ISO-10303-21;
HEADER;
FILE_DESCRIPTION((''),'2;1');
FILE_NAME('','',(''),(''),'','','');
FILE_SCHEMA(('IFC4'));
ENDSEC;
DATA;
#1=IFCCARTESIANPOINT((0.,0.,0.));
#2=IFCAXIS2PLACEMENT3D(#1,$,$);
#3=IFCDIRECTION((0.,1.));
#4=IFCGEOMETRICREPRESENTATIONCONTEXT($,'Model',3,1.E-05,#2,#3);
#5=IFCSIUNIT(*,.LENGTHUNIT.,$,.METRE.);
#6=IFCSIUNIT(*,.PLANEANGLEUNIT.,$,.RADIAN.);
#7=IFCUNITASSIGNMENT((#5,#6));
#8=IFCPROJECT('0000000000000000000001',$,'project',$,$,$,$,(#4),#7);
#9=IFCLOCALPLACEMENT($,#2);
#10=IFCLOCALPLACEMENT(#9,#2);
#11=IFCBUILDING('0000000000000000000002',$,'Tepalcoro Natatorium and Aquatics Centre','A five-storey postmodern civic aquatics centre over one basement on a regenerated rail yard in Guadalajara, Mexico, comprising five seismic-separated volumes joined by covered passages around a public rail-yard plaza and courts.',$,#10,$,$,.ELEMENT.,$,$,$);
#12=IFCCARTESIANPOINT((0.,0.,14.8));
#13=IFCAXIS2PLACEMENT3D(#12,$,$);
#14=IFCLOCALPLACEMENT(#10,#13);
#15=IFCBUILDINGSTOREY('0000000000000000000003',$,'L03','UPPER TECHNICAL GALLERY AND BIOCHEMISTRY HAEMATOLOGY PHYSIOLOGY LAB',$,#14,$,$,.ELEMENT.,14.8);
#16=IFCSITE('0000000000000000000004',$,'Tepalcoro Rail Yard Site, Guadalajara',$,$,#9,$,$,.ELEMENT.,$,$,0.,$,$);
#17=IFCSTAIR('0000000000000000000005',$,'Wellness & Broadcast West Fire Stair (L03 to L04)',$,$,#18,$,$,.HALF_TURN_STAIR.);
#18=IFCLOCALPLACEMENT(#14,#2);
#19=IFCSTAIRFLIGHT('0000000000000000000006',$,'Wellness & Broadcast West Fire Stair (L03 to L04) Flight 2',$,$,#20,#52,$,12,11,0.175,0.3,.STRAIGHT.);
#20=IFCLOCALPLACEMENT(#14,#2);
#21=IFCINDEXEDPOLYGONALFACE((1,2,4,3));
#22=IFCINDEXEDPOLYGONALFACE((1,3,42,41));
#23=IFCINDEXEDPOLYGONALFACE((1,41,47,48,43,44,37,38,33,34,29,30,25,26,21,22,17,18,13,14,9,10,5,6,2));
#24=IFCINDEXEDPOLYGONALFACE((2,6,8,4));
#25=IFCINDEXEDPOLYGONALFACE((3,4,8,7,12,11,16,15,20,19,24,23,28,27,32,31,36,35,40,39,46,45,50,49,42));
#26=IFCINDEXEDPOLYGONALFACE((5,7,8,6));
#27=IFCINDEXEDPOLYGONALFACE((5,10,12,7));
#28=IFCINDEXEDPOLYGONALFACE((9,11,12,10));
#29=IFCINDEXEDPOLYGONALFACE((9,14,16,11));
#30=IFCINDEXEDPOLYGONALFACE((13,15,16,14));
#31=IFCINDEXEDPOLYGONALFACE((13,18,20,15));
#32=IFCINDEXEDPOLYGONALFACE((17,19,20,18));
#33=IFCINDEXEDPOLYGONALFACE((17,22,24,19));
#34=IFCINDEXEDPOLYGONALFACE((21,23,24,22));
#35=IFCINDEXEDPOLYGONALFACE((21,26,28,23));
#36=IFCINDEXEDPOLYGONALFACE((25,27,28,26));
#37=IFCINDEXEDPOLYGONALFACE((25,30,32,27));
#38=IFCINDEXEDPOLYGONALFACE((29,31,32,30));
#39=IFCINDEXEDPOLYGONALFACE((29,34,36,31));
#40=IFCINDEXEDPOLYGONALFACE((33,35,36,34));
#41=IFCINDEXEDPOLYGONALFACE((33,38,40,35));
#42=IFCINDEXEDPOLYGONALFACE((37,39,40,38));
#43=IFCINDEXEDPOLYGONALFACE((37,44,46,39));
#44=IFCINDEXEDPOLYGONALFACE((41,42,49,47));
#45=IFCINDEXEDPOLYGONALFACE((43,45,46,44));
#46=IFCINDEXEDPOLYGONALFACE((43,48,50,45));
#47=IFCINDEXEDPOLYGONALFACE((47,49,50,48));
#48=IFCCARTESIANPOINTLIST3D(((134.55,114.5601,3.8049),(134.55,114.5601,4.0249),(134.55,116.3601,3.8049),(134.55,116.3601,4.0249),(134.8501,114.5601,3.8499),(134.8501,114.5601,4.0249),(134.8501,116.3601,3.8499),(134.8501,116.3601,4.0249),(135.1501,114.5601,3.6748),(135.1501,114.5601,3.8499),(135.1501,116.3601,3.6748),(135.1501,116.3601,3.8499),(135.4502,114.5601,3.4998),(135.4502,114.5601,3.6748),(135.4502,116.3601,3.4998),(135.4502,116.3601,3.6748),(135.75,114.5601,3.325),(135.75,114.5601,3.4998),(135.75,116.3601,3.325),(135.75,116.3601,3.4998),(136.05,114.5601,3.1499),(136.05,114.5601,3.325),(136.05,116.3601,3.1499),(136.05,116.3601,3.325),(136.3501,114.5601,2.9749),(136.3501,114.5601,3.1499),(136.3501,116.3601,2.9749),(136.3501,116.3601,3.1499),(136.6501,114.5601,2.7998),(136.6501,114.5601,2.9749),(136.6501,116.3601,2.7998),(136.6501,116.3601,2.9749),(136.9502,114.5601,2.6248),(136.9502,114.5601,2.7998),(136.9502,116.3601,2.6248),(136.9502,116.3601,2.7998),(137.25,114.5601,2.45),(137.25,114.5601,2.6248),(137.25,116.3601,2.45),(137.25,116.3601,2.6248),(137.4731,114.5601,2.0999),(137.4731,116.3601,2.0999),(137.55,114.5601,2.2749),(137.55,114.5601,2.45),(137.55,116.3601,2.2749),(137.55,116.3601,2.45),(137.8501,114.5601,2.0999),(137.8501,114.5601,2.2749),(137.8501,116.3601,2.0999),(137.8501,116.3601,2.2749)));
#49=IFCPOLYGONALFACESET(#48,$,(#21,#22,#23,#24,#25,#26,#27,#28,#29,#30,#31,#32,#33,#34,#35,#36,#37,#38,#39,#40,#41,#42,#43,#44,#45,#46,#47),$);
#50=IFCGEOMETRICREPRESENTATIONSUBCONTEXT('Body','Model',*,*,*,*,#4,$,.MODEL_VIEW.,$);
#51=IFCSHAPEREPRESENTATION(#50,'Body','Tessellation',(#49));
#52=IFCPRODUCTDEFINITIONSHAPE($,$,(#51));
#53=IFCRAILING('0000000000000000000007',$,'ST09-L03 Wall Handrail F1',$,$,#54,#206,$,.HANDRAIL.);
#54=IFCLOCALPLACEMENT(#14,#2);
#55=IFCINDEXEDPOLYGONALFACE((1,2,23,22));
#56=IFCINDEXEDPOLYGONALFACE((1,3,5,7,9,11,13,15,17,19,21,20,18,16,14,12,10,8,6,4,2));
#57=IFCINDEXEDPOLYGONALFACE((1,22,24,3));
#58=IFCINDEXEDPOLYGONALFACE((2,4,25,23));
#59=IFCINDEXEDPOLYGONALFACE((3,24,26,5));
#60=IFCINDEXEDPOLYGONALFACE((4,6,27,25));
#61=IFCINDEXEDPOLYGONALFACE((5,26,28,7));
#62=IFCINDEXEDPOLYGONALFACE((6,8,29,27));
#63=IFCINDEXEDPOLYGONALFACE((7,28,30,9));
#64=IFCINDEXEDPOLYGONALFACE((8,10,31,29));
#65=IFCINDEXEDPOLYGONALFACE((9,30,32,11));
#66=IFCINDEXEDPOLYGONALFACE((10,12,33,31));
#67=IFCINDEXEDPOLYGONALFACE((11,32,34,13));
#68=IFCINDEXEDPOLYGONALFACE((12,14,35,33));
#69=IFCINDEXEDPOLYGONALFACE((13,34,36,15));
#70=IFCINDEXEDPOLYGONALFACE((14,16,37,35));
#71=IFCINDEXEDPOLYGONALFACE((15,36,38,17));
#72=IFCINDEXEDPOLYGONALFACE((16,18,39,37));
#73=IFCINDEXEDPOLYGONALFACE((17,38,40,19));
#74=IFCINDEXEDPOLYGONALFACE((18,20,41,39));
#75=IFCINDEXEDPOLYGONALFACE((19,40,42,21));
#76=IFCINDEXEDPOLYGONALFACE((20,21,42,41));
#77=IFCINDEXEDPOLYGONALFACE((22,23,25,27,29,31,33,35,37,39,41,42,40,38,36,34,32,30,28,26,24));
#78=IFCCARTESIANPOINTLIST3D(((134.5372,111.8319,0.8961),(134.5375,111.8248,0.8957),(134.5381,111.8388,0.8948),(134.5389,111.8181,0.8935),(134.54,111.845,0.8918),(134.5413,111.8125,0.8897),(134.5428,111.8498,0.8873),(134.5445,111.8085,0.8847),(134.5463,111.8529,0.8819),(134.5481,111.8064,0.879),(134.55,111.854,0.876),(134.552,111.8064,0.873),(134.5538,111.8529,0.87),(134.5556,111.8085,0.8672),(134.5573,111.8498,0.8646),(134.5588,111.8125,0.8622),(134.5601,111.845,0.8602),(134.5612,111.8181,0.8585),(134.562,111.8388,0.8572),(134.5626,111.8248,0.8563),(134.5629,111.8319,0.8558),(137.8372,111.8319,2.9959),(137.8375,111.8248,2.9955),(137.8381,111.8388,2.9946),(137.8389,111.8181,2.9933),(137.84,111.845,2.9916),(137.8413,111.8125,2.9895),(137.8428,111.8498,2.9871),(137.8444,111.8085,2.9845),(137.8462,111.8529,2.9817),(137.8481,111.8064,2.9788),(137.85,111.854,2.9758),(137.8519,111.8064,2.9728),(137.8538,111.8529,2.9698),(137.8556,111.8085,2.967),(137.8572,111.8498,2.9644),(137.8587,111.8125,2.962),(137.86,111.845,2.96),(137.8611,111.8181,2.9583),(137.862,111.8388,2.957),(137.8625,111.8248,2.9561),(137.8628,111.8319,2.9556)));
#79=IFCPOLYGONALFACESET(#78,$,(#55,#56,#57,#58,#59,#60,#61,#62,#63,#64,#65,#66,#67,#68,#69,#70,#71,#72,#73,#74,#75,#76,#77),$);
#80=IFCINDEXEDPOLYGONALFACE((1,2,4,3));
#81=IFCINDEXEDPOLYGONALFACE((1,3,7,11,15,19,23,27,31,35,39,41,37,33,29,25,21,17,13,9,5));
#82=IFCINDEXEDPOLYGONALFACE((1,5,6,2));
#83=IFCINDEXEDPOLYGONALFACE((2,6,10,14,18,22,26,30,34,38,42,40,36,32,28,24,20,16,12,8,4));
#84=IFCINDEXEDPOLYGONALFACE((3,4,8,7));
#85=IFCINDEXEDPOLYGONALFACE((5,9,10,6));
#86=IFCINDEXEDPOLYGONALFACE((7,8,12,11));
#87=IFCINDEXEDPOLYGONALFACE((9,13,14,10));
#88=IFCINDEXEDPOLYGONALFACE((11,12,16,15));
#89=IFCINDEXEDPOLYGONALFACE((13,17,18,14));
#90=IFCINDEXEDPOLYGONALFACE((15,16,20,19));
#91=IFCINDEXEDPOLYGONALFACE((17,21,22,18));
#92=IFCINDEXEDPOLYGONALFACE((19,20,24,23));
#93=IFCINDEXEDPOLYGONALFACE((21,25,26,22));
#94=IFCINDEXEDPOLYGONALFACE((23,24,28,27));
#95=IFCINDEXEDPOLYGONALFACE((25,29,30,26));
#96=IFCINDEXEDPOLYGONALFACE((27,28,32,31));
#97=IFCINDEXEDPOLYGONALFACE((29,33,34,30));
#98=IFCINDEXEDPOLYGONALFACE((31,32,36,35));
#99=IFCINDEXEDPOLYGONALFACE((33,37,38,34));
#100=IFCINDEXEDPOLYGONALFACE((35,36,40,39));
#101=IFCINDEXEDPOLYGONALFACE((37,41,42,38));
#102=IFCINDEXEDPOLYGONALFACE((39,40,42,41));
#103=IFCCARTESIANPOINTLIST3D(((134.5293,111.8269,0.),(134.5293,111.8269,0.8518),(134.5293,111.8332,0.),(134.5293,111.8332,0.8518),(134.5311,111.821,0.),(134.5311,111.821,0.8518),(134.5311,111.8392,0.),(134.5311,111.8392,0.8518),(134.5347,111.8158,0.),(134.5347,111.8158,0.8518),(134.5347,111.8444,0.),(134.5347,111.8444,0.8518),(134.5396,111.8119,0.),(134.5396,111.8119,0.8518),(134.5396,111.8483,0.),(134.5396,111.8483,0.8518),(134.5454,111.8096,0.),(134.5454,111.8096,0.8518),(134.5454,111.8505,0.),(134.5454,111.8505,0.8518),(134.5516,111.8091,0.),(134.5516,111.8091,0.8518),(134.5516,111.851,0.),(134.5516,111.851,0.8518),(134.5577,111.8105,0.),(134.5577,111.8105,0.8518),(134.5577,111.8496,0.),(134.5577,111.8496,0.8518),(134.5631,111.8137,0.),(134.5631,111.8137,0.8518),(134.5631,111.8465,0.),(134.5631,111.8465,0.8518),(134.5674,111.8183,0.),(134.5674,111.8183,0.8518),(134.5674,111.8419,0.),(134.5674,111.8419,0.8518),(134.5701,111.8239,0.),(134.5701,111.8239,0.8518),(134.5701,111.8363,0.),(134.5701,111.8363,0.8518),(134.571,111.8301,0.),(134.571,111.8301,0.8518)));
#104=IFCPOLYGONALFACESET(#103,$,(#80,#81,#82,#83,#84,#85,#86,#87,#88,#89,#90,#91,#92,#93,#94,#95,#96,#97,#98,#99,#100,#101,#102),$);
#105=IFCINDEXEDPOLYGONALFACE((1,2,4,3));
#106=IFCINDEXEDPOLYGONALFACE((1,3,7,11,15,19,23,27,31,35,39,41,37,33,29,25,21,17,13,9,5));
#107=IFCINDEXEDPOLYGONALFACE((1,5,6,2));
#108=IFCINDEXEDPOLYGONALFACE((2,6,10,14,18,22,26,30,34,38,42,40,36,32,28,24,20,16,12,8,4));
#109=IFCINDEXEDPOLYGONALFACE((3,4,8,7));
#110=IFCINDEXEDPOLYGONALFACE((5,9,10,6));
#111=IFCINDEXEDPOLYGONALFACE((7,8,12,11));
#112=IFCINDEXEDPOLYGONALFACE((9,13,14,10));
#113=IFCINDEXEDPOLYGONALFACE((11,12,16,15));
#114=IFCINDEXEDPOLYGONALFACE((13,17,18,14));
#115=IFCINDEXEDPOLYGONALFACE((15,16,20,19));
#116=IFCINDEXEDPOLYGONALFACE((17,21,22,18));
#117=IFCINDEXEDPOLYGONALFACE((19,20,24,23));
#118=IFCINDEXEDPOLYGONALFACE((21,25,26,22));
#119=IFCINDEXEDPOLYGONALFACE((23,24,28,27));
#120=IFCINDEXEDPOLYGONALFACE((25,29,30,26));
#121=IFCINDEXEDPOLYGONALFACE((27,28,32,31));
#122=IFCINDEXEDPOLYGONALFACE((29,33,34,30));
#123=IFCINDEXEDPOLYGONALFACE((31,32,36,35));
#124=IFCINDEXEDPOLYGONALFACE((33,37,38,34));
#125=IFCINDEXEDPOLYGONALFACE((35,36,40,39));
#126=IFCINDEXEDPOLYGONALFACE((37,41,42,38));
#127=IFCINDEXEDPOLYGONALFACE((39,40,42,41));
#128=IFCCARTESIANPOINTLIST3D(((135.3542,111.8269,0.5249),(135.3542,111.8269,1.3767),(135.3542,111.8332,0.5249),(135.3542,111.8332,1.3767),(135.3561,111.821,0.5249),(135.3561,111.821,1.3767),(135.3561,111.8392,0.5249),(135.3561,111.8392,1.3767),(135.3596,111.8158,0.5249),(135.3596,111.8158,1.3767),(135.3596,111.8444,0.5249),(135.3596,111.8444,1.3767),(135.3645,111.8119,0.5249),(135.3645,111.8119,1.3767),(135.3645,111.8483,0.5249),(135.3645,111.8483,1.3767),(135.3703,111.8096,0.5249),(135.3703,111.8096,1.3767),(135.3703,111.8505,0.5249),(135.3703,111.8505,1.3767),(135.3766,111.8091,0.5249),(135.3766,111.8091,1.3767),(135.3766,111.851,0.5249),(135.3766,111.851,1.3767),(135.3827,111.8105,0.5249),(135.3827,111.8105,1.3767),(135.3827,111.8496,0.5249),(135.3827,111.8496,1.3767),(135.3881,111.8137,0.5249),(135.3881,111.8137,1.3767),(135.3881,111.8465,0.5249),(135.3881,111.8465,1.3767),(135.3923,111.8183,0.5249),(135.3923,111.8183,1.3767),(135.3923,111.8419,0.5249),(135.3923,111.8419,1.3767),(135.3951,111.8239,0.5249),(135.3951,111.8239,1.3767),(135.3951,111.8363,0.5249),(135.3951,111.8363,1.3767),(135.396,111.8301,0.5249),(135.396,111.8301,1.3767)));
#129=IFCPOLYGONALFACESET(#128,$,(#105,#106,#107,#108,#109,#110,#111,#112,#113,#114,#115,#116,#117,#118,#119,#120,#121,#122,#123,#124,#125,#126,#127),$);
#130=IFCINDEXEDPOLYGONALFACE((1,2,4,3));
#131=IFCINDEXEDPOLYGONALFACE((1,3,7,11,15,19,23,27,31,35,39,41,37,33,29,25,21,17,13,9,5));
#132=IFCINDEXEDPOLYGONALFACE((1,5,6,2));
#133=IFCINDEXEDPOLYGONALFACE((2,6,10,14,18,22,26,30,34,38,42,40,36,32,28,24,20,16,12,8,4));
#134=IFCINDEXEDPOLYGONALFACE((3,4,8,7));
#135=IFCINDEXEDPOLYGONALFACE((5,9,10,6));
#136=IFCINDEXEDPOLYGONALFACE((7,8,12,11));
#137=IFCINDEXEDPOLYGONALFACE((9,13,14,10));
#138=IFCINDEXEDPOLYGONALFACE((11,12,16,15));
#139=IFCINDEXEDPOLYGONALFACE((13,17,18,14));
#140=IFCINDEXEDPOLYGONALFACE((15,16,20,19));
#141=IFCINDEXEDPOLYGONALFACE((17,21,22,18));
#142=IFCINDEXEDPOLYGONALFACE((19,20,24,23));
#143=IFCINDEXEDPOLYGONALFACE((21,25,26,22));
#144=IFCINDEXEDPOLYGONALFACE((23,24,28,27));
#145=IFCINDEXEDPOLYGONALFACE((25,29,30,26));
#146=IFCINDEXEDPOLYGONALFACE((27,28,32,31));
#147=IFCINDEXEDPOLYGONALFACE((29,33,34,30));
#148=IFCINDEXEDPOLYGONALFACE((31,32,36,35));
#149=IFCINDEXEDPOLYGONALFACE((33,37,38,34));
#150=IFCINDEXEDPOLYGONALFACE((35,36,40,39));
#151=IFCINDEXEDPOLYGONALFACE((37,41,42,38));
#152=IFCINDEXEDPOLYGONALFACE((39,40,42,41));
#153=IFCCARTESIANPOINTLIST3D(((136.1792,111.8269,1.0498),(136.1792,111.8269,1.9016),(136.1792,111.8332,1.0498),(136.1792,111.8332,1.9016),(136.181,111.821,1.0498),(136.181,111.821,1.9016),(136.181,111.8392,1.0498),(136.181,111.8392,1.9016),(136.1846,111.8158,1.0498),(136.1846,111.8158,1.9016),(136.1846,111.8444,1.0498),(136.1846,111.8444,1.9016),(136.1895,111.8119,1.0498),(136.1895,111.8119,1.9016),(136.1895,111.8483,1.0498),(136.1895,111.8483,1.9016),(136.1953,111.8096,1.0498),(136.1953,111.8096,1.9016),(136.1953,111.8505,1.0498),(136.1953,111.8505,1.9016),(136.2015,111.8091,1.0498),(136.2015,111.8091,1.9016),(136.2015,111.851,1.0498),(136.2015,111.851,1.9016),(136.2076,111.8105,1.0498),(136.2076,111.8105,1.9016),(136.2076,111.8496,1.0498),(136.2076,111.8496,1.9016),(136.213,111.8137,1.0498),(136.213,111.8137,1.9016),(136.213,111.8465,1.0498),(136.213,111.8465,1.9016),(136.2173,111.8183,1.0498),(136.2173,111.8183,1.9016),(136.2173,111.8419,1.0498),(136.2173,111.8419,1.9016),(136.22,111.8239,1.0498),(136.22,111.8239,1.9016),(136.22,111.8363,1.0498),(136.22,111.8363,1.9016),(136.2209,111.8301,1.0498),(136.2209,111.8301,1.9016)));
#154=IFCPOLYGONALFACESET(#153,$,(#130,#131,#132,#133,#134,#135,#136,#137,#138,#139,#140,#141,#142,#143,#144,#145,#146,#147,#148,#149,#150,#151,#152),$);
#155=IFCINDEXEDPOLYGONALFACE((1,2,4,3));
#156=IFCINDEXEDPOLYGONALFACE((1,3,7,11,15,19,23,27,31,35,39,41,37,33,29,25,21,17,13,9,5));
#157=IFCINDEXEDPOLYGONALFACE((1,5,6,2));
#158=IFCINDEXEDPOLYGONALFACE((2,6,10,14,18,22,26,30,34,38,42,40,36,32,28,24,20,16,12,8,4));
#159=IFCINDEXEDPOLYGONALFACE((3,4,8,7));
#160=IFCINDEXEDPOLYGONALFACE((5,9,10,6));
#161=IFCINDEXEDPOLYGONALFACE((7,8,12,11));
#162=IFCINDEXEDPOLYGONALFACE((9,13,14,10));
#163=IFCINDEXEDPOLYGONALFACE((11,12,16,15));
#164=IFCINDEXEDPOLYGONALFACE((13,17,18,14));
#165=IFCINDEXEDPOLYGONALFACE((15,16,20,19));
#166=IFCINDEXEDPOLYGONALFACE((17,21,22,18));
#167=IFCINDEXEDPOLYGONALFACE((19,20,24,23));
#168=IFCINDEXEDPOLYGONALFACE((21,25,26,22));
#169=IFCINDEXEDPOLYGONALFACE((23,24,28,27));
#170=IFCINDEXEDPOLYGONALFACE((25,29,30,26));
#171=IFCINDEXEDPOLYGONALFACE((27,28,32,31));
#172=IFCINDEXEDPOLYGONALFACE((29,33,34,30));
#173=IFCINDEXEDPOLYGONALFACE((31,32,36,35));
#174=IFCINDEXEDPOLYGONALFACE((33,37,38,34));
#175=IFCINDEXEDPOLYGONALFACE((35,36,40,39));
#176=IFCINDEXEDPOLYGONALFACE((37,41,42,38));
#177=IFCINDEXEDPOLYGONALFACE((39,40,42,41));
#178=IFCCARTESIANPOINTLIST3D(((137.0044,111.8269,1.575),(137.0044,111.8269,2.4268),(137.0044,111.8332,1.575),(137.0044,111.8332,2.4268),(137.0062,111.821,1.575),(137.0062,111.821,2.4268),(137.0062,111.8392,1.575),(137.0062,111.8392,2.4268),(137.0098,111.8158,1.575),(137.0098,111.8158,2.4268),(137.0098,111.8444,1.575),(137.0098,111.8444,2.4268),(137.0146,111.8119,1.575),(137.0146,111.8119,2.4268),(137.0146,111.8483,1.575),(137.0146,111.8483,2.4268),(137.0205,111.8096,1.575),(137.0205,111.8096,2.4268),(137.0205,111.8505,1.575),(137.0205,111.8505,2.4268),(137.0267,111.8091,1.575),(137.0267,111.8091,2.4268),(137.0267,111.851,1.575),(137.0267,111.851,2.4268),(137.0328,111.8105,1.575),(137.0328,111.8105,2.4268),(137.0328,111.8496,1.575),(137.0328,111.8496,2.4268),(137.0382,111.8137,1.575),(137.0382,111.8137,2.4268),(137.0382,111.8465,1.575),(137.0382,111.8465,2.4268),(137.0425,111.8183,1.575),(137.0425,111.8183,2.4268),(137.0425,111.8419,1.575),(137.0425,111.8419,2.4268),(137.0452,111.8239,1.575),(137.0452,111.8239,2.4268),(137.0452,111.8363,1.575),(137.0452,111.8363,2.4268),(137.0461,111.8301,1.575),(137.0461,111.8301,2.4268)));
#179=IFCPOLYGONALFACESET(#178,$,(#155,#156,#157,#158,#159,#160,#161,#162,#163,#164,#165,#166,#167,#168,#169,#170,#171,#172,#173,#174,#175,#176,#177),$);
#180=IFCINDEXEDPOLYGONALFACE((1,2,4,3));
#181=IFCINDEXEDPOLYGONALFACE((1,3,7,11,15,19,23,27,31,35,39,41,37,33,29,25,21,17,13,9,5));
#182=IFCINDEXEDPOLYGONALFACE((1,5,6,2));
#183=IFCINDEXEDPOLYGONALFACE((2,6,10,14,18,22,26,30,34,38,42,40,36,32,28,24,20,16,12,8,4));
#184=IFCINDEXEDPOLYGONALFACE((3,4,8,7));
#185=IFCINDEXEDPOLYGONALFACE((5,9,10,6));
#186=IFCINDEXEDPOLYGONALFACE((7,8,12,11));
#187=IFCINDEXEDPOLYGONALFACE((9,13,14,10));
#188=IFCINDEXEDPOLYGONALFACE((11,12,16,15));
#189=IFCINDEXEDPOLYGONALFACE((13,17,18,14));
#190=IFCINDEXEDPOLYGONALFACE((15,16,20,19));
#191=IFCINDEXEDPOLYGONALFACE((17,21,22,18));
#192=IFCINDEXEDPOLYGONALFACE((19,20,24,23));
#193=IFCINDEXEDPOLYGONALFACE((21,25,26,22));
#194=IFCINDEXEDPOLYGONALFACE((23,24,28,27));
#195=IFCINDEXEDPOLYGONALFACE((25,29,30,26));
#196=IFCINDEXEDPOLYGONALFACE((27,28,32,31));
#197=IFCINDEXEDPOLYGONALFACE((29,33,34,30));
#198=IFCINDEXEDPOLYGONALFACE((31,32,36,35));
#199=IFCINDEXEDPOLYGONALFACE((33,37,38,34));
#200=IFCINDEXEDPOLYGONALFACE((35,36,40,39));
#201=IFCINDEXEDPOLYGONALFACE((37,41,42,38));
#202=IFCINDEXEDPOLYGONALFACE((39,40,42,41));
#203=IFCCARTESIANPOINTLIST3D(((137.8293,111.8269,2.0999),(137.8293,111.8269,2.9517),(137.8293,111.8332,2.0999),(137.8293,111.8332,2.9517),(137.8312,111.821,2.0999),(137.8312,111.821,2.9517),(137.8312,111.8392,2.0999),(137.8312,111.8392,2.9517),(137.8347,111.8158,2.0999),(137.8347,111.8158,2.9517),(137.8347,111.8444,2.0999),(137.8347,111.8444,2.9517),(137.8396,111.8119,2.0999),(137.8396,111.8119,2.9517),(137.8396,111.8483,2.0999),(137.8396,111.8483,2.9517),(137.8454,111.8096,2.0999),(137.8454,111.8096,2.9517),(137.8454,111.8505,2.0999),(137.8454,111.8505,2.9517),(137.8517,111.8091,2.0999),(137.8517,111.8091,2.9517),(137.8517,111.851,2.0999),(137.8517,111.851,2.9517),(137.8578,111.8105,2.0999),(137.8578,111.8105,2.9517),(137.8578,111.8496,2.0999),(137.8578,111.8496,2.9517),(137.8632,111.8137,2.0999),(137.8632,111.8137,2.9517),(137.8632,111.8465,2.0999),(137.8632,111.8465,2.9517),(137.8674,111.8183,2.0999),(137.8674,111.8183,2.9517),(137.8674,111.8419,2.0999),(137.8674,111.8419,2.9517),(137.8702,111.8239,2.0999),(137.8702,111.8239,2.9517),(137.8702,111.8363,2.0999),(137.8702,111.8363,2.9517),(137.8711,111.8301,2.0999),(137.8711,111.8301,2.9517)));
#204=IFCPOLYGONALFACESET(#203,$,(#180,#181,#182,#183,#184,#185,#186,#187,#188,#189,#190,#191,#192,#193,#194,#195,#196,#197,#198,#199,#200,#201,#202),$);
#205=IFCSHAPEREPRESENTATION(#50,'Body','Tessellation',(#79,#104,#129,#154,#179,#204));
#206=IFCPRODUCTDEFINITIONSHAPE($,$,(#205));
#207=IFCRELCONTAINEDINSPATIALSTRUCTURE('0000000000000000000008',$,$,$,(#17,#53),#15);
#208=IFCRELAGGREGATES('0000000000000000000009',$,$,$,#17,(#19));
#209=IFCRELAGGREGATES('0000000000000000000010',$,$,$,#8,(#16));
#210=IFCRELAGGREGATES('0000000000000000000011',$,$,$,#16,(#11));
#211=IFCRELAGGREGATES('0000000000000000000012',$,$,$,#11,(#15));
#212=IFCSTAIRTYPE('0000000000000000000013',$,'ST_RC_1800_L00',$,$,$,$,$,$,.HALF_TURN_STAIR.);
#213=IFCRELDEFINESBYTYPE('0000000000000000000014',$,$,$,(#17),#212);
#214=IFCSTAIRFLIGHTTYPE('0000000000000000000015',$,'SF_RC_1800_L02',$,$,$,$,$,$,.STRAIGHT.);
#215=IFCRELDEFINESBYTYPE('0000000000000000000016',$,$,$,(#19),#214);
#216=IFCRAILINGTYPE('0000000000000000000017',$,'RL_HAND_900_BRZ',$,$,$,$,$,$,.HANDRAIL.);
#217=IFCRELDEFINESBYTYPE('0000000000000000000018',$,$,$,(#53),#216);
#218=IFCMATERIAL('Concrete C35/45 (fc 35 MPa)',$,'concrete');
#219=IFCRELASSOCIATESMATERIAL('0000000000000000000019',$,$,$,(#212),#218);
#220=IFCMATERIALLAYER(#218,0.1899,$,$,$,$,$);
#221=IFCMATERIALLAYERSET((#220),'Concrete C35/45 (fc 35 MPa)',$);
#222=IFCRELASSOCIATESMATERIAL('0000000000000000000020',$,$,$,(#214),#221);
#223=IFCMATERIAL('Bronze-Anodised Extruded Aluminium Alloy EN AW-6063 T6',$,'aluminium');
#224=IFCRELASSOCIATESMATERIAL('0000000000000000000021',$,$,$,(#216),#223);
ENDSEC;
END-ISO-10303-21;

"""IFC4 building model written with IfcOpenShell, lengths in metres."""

from ifc_helpers import new_model, si_unit, direction, frame, origin, origin_2d, place, context, subcontext, project, spatial, polyline, circle, outline, extrude, material, layer, layer_set, type_object, element, aggregate, save


model = new_model("IFC4")

# Units and contexts
model_context = context("Model", 3, precision=1e-05, world=origin(), true_north=direction((0.0, 1.0)))
body_context = subcontext(model_context, "Body", "Model", "MODEL_VIEW")
ifc_project = project(units=[si_unit("LENGTHUNIT", "METRE"), si_unit("PLANEANGLEUNIT", "RADIAN")], contexts=[model_context])

# Site, building, storey
site_placement = place(None, origin())
site = spatial("IfcSite", under=ifc_project, at=site_placement, Name="Tepalcoro Rail Yard Site, Guadalajara", CompositionType="ELEMENT", RefElevation=0.0)
building_placement = place(site_placement, origin())
building = spatial("IfcBuilding", under=site, at=building_placement, Name="Tepalcoro Natatorium and Aquatics Centre", Description="A five-storey postmodern civic aquatics centre over one basement on a regenerated rail yard in Guadalajara, Mexico, comprising five seismic-separated volumes joined by covered passages around a public rail-yard plaza and courts.", CompositionType="ELEMENT")
storey_placement = place(building_placement, frame((0.0, 0.0, 14.8)))
storey = spatial("IfcBuildingStorey", under=building, at=storey_placement, Name="L03", Description="UPPER TECHNICAL GALLERY AND BIOCHEMISTRY HAEMATOLOGY PHYSIOLOGY LAB", CompositionType="ELEMENT", Elevation=14.8)

# Stair, stair flight
ifc_material_1 = material(Name="Concrete C35/45 (fc 35 MPa)", Category="concrete")
stair_type = type_object("IfcStairType", Name="ST_RC_1800_L00", PredefinedType="HALF_TURN_STAIR", material=ifc_material_1)
stair_placement = place(storey_placement, origin())
stair = element("IfcStair", 1, at=stair_placement, inside=storey, type_object=stair_type, Name="Wellness & Broadcast West Fire Stair (L03 to L04)", PredefinedType="HALF_TURN_STAIR")
ifc_layer_1 = layer(ifc_material_1, 0.1899)
ifc_layer_set_1 = layer_set([ifc_layer_1], Name="Concrete C35/45 (fc 35 MPa)")
stair_flight_type = type_object("IfcStairFlightType", Name="SF_RC_1800_L02", PredefinedType="STRAIGHT", material=ifc_layer_set_1)
stair_flight_1_placement = place(storey_placement, frame((137.8501, 115.46, 2.0999), z_axis=(0.0, 0.0, 1.0), x_axis=(-1.0, 0.0, 0.0)))
stair_flight_1 = element("IfcStairFlight", 2, at=stair_flight_1_placement, type_object=stair_flight_type, Name="Wellness & Broadcast West Fire Stair (L03 to L04) Flight 2", NumberOfRisers=12, NumberOfTreads=11, PredefinedType="STRAIGHT", RiserHeight=0.175, TreadLength=0.3, context=body_context, shape_type="SweptSolid", body=[
    extrude(outline(polyline([(0.0, 0.0), (0.0, 0.175), (0.3, 0.175), (0.3, 0.3501), (0.6001, 0.3501), (0.6001, 0.5249), (0.8999, 0.5249), (0.8999, 0.7), (1.2, 0.7), (1.2, 0.875), (1.5, 0.875), (1.5, 1.05), (1.8, 1.05), (1.8, 1.2251), (2.1001, 1.2251), (2.1001, 1.3999), (2.3999, 1.3999), (2.3999, 1.575), (2.7, 1.575), (2.7, 1.75), (3.0, 1.75), (3.0, 1.925), (3.3, 1.925), (3.3, 2.1001), (3.3, 1.7051), (0.377, 0.0), (0.0, 0.0)])), frame((0.0, 0.8999, 0.0), z_axis=(0.0, -1.0, 0.0), x_axis=(1.0, 0.0, 0.0)), (0.0, 0.0, 1.0), 1.8),
])
aggregate(stair, [stair_flight_1])

# Railing
ifc_material_2 = material(Name="Bronze-Anodised Extruded Aluminium Alloy EN AW-6063 T6", Category="aluminium")
railing_type_1 = type_object("IfcRailingType", Name="RL_HAND_900_BRZ", PredefinedType="HANDRAIL", material=ifc_material_2)
railing_1_placement = place(storey_placement, frame((134.55, 111.8301, 0.0)))
element("IfcRailing", 3, at=railing_1_placement, inside=storey, type_object=railing_type_1, Name="ST09-L03 Wall Handrail F1", PredefinedType="HANDRAIL", context=body_context, shape_type="SweptSolid", body=[
    extrude(circle(Radius=0.0239, at=origin_2d()), frame((0.0, 0.0, 0.876), z_axis=(0.843682, 0.0, 0.536843), x_axis=(0.0, 1.0, 0.0)), (0.0, 0.0, 1.0), 3.9114),
    extrude(circle(Radius=0.021, at=origin_2d()), origin(), (0.0, 0.0, 1.0), 0.8518),
    extrude(circle(Radius=0.021, at=origin_2d()), frame((0.825, 0.0, 0.5249)), (0.0, 0.0, 1.0), 0.8518),
    extrude(circle(Radius=0.021, at=origin_2d()), frame((1.6499, 0.0, 1.0498)), (0.0, 0.0, 1.0), 0.8518),
    extrude(circle(Radius=0.021, at=origin_2d()), frame((2.4751, 0.0, 1.575)), (0.0, 0.0, 1.0), 0.8518),
    extrude(circle(Radius=0.021, at=origin_2d()), frame((3.3, 0.0, 2.0999)), (0.0, 0.0, 1.0), 0.8518),
])

save(model, "model.ifc")
